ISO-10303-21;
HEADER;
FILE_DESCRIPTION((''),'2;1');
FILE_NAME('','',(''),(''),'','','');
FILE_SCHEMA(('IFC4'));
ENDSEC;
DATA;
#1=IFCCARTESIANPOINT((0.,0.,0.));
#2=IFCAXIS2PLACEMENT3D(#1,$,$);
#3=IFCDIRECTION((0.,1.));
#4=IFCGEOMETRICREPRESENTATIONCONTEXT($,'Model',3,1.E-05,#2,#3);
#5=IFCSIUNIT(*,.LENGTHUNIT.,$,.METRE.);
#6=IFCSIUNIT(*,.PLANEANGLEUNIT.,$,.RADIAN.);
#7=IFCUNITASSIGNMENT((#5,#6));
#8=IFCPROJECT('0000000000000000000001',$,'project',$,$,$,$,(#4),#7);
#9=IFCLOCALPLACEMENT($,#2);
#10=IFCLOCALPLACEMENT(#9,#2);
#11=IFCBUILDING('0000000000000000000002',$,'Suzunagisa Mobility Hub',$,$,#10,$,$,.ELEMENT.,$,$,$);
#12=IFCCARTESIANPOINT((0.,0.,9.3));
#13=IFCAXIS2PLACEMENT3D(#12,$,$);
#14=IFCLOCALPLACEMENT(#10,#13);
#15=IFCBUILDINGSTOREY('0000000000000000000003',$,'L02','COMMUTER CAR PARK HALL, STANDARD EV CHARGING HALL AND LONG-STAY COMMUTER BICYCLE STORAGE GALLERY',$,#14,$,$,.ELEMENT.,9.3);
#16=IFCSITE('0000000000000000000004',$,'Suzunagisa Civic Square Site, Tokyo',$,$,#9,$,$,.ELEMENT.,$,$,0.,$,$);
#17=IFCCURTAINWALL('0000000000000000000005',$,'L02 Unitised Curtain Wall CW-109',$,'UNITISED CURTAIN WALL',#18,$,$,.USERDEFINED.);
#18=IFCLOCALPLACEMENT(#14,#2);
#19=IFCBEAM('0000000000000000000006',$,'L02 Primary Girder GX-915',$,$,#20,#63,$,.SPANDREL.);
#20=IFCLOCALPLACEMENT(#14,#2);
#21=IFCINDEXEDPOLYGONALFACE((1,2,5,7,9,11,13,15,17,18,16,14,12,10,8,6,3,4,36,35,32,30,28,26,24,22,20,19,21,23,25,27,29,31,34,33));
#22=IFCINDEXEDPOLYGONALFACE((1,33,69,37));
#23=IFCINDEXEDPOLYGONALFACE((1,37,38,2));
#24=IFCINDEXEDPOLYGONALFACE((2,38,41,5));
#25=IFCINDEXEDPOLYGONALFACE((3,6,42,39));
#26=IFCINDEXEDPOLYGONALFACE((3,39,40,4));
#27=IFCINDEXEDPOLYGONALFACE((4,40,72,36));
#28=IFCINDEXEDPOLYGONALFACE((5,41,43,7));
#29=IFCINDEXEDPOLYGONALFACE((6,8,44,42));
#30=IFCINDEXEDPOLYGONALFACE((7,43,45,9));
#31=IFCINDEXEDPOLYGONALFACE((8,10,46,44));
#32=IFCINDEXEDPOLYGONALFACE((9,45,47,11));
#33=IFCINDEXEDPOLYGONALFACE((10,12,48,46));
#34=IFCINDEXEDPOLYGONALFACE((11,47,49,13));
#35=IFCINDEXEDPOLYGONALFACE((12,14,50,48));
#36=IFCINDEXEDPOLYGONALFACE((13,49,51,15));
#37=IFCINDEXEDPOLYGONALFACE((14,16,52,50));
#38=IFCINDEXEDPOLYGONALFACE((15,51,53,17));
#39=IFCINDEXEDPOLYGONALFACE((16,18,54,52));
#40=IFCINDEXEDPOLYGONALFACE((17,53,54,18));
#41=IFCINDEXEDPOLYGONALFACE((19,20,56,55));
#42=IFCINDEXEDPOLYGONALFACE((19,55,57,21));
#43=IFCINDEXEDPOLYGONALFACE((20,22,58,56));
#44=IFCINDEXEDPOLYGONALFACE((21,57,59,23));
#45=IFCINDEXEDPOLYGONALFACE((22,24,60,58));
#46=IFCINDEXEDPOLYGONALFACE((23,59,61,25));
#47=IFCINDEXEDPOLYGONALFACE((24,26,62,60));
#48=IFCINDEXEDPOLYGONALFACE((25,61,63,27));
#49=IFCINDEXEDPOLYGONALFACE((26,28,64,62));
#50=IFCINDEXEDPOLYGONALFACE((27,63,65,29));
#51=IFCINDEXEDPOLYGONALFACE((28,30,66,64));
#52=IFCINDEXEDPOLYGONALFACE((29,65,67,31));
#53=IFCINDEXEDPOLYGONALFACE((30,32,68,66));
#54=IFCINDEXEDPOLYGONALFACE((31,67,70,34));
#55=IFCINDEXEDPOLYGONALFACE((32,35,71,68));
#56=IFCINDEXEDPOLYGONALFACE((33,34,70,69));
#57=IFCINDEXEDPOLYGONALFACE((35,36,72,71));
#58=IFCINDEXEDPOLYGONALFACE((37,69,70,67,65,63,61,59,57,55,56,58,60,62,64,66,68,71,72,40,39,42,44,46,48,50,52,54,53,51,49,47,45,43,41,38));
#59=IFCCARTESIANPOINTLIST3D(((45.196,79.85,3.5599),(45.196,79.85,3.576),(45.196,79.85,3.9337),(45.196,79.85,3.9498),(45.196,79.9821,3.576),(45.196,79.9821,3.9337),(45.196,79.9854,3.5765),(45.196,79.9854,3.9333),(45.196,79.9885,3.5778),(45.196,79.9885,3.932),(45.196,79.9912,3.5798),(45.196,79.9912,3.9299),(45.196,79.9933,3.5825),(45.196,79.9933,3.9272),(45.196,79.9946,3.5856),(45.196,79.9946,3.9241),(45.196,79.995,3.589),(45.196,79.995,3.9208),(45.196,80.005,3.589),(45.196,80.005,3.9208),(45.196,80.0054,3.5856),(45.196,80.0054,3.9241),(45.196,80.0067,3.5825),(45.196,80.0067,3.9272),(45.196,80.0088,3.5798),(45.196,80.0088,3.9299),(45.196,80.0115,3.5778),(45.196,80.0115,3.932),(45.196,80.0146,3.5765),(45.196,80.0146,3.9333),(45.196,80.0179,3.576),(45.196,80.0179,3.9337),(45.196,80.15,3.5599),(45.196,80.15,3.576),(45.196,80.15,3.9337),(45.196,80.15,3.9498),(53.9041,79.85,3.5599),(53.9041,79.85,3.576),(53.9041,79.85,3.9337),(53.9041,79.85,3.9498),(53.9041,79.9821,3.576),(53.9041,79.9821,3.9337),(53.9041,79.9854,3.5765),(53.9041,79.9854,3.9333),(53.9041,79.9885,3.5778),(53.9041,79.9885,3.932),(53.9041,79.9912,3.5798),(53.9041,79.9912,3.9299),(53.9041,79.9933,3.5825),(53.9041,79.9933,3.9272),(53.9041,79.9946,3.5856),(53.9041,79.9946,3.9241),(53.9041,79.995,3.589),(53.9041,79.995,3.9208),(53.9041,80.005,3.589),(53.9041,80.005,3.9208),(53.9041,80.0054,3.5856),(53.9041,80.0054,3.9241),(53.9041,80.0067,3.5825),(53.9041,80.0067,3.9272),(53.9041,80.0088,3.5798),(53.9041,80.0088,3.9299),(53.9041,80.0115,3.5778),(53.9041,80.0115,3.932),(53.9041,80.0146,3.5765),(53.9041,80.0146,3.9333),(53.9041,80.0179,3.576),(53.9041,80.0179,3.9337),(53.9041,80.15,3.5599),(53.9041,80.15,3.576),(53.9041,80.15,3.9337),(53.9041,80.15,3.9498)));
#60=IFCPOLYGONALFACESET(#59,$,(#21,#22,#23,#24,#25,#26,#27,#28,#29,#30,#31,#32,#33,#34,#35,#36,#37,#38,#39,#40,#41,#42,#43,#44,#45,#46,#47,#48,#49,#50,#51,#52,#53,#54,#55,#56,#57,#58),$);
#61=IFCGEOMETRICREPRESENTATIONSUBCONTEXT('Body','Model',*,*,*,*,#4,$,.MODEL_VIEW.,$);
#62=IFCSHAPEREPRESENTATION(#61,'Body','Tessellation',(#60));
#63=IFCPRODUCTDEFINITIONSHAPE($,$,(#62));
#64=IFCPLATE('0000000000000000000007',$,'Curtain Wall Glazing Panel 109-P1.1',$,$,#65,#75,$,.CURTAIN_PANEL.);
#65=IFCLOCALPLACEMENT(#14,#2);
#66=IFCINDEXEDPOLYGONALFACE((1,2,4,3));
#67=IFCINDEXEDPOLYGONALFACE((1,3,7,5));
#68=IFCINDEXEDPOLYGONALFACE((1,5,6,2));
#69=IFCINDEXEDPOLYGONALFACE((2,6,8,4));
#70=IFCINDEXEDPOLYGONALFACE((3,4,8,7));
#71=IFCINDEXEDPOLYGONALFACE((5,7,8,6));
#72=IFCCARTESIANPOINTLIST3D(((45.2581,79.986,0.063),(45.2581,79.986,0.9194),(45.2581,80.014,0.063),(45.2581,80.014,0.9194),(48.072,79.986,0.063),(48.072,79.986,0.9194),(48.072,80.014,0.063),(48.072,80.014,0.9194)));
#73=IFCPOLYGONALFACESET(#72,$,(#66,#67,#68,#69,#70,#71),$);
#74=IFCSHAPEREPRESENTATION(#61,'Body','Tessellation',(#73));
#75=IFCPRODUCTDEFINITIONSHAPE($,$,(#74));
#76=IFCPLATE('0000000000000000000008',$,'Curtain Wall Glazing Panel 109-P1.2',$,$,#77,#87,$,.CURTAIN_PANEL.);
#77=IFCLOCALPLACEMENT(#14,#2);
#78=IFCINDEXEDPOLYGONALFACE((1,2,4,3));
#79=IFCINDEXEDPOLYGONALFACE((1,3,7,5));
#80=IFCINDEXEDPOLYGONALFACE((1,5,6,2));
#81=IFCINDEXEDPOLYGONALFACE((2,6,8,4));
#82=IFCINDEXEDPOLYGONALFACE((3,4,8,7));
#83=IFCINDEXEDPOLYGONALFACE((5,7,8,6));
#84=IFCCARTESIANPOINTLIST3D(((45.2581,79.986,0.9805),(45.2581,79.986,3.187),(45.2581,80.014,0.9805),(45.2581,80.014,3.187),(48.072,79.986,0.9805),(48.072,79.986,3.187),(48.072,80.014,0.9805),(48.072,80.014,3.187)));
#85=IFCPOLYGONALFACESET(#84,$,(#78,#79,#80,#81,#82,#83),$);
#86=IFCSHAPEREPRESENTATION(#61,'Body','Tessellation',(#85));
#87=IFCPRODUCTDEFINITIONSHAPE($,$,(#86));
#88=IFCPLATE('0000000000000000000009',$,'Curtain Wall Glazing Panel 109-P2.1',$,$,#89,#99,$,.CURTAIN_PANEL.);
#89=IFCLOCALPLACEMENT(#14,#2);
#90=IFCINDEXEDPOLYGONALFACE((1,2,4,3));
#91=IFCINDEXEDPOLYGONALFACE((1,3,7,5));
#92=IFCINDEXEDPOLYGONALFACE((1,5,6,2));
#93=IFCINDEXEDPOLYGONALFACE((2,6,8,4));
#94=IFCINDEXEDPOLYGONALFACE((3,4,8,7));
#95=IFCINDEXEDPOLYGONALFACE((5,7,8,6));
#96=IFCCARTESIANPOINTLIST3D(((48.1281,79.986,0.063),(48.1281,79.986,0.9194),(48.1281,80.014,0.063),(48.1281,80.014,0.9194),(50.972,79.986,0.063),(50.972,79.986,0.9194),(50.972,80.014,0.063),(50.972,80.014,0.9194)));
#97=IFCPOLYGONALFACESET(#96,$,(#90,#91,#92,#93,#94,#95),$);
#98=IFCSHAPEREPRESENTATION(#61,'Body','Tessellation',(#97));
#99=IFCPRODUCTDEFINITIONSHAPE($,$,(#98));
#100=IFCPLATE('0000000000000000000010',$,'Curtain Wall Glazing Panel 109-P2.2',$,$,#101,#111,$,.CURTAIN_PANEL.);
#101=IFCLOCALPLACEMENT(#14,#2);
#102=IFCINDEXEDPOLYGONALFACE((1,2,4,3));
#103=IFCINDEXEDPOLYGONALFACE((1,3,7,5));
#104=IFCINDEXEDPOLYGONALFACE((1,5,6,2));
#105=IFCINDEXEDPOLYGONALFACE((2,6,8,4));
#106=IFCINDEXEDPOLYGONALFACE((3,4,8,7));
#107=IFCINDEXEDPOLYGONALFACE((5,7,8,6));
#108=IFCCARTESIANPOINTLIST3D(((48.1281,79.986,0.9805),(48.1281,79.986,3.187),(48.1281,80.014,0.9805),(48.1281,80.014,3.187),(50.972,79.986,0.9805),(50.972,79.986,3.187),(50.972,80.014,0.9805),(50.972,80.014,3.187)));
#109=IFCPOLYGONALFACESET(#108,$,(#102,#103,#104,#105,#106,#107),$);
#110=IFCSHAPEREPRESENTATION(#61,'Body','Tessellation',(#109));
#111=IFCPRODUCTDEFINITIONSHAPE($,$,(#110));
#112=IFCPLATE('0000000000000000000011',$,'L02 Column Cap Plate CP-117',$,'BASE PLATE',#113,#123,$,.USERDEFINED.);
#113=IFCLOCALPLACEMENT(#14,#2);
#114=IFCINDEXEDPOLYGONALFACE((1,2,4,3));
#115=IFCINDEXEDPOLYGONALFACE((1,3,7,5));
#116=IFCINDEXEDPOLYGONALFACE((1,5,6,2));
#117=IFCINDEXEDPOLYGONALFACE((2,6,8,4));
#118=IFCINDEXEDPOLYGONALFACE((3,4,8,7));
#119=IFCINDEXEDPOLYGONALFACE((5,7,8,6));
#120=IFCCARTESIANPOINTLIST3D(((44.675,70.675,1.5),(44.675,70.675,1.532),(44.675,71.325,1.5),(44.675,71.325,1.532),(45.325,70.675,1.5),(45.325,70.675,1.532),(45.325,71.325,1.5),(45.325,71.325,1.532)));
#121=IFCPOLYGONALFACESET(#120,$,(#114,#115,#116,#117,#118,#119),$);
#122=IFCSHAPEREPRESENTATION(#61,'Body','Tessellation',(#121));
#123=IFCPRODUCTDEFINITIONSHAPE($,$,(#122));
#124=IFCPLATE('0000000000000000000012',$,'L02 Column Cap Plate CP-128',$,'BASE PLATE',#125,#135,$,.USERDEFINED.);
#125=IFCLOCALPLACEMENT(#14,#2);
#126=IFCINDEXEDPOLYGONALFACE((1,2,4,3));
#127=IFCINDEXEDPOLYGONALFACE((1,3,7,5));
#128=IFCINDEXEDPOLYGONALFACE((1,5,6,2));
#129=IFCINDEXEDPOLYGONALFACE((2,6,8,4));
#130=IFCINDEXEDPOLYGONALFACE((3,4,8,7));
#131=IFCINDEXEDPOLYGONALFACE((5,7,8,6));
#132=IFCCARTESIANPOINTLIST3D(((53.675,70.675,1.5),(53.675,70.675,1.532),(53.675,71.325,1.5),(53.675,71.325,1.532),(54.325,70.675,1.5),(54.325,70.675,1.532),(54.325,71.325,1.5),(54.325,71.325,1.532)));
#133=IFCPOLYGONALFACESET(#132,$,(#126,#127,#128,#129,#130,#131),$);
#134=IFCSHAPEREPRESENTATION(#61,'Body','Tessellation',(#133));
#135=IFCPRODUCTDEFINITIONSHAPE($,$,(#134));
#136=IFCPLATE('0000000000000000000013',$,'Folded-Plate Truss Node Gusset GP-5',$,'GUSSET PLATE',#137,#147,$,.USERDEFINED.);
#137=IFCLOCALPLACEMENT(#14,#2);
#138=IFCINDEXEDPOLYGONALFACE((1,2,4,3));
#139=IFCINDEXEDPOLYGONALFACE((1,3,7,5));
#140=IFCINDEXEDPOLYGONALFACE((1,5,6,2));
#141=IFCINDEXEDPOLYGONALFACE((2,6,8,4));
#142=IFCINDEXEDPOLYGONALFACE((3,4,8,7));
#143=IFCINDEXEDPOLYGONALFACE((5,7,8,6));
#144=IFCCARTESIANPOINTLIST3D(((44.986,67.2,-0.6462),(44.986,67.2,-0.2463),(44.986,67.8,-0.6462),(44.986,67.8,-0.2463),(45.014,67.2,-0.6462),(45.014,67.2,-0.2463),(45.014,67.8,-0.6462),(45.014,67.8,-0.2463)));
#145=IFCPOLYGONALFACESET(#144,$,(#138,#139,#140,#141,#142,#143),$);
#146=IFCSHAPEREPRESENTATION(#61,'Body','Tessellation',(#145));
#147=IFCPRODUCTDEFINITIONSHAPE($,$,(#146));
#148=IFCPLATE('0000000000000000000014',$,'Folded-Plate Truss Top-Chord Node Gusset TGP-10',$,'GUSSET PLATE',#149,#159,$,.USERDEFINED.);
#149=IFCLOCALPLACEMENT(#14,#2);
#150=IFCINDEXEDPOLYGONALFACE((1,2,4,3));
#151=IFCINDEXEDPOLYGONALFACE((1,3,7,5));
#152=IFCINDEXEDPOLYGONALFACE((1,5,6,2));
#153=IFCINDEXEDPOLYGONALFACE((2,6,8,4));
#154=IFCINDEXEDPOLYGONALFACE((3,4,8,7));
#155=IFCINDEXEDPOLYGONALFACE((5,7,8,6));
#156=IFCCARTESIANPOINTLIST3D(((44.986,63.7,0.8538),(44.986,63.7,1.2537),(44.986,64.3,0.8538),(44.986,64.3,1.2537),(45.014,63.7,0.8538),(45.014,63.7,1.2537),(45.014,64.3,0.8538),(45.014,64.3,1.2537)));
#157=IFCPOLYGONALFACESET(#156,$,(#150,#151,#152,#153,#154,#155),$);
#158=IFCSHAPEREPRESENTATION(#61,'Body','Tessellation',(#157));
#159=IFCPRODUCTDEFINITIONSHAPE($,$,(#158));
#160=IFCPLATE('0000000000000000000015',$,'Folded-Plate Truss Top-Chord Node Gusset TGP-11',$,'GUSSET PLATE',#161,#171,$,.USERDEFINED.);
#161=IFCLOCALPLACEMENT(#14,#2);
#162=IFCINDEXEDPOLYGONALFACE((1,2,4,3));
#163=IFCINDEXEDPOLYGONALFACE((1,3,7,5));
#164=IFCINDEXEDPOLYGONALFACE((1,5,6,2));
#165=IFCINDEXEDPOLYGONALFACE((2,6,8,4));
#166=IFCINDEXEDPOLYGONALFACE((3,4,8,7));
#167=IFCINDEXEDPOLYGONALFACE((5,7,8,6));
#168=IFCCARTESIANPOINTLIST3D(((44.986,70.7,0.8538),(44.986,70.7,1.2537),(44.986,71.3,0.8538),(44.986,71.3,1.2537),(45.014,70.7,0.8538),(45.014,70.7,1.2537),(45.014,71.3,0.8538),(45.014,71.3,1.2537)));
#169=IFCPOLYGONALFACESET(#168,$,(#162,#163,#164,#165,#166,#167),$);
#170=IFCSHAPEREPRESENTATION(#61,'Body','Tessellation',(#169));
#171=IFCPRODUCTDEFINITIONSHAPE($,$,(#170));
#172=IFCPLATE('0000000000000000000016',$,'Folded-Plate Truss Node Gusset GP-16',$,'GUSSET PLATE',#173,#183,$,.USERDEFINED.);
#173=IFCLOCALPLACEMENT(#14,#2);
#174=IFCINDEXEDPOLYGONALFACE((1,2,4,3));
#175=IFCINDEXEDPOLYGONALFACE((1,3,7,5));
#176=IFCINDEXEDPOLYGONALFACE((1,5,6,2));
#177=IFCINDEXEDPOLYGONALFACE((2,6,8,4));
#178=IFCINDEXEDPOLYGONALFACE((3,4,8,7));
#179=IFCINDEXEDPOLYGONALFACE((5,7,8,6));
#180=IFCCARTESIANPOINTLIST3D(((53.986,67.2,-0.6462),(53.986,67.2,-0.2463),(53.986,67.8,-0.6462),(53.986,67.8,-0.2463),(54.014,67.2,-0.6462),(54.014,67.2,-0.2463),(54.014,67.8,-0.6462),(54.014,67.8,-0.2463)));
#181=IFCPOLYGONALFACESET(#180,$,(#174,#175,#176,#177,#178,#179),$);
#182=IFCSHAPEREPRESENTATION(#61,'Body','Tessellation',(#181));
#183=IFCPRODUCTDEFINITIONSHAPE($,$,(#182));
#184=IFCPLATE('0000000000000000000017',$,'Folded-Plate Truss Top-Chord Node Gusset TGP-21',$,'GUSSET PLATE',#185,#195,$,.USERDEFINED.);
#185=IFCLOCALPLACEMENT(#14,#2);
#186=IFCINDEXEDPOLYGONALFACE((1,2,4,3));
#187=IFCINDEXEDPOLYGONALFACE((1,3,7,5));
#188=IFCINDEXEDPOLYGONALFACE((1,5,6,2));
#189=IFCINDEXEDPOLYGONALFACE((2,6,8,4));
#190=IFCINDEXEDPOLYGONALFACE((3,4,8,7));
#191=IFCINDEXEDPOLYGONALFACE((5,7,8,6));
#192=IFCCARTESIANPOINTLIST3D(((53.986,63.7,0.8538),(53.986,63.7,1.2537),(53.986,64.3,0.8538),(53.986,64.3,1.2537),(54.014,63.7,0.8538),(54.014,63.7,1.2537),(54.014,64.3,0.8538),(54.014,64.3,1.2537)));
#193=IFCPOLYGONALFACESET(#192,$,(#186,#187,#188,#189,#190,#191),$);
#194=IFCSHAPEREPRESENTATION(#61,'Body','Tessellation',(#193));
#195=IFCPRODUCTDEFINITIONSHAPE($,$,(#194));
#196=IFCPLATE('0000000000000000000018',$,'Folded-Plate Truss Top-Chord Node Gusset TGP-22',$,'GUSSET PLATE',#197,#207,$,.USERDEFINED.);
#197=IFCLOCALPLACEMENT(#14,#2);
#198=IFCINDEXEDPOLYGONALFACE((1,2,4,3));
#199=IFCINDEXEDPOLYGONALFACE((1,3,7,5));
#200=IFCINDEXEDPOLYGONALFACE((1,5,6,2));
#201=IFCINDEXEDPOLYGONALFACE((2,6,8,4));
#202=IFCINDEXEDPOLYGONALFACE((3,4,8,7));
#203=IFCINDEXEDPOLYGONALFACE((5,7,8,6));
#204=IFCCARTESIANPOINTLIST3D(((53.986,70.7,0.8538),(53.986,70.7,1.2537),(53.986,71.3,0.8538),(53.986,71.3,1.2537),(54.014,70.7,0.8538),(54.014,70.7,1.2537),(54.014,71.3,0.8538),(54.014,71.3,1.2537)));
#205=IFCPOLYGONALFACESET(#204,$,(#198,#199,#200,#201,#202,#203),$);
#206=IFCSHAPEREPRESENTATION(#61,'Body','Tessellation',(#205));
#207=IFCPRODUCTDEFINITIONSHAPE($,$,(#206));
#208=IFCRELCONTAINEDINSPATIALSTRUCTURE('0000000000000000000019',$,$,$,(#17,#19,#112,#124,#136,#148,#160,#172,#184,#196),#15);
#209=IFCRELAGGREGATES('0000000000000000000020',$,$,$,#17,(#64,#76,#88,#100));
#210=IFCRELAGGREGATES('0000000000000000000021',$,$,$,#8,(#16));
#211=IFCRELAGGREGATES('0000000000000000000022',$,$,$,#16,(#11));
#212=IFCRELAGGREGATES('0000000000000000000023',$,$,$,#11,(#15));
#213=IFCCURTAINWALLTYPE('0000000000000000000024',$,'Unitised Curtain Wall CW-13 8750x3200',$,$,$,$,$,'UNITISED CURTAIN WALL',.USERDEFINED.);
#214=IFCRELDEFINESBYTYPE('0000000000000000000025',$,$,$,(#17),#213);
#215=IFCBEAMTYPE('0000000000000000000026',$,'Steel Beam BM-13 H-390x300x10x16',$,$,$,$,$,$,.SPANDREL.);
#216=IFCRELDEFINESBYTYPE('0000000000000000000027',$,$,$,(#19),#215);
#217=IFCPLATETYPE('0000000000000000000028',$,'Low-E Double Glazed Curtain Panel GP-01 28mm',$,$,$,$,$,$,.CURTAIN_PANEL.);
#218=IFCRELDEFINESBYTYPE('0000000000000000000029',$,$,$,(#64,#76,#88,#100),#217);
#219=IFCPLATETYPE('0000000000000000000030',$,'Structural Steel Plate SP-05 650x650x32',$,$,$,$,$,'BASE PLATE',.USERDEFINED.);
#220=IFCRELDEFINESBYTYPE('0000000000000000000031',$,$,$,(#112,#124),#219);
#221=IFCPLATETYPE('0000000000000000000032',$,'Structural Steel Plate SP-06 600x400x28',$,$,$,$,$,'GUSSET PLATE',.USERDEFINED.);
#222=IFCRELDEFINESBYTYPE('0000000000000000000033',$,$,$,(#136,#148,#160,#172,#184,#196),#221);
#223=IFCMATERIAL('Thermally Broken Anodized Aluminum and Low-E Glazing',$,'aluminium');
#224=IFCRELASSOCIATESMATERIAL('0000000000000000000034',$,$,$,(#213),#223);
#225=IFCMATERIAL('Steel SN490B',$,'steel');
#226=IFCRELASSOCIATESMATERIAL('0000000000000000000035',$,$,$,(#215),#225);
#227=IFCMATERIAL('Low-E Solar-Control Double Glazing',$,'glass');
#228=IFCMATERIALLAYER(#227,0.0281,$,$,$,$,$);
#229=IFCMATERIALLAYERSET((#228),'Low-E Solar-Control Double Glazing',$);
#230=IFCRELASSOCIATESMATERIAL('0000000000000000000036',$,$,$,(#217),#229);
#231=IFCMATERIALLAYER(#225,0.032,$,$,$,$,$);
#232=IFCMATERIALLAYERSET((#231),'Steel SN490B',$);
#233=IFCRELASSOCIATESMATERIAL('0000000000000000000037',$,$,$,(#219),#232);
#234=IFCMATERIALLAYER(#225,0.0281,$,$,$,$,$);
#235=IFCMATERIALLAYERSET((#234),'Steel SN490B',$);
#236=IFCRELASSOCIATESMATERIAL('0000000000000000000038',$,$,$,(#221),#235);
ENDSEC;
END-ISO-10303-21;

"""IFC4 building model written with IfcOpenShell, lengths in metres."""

from ifc_helpers import new_model, si_unit, direction, frame, origin, origin_2d, place, context, subcontext, project, spatial, rectangle, i_section, extrude, material, layer, layer_set, material_profile, profile_set, type_object, element, aggregate, save


model = new_model("IFC4")

# Units and contexts
model_context = context("Model", 3, precision=1e-05, world=origin(), true_north=direction((0.0, 1.0)))
body_context = subcontext(model_context, "Body", "Model", "MODEL_VIEW")
ifc_project = project(units=[si_unit("LENGTHUNIT", "METRE"), si_unit("PLANEANGLEUNIT", "RADIAN")], contexts=[model_context])

# Site, building, storey
site_placement = place(None, origin())
site = spatial("IfcSite", under=ifc_project, at=site_placement, Name="Suzunagisa Civic Square Site, Tokyo", CompositionType="ELEMENT", RefElevation=0.0)
building_placement = place(site_placement, origin())
building = spatial("IfcBuilding", under=site, at=building_placement, Name="Suzunagisa Mobility Hub", CompositionType="ELEMENT")
storey_placement = place(building_placement, frame((0.0, 0.0, 9.3)))
storey = spatial("IfcBuildingStorey", under=building, at=storey_placement, Name="L02", Description="COMMUTER CAR PARK HALL, STANDARD EV CHARGING HALL AND LONG-STAY COMMUTER BICYCLE STORAGE GALLERY", CompositionType="ELEMENT", Elevation=9.3)

# Shared definitions
ifc_material_1 = material(Name="Steel SN490B", Category="steel")

# Curtain wall
ifc_material_2 = material(Name="Thermally Broken Anodized Aluminum and Low-E Glazing", Category="aluminium")
curtain_wall_type = type_object("IfcCurtainWallType", Name="Unitised Curtain Wall CW-13 8750x3200", ElementType="UNITISED CURTAIN WALL", PredefinedType="USERDEFINED", material=ifc_material_2)
curtain_wall_placement = place(storey_placement, origin())
curtain_wall = element("IfcCurtainWall", 1, at=curtain_wall_placement, inside=storey, type_object=curtain_wall_type, Name="L02 Unitised Curtain Wall CW-109", ObjectType="UNITISED CURTAIN WALL", PredefinedType="USERDEFINED")

# Beam
ifc_material_profile_1 = material_profile(ifc_material_1, i_section(OverallWidth=0.3, OverallDepth=0.3899, WebThickness=0.01, FlangeThickness=0.0161, FilletRadius=0.0129, at=origin_2d()), Name="H-390x300x10x16")
ifc_profile_set_1 = profile_set([ifc_material_profile_1], Name="Steel SN490B")
beam_type_1 = type_object("IfcBeamType", Name="Steel Beam BM-13 H-390x300x10x16", PredefinedType="SPANDREL", material=ifc_profile_set_1)
beam_1_placement = place(storey_placement, frame((45.196, 80.0, 3.7549), z_axis=(1.0, 0.0, 0.0), x_axis=(0.0, 1.0, 0.0)))
element("IfcBeam", 2, at=beam_1_placement, inside=storey, type_object=beam_type_1, Name="L02 Primary Girder GX-915", PredefinedType="SPANDREL", context=body_context, shape_type="SweptSolid", body=[
    extrude(i_section(OverallWidth=0.3, OverallDepth=0.3899, WebThickness=0.01, FlangeThickness=0.0161, FilletRadius=0.0129, at=origin_2d()), origin(), (0.0, 0.0, 1.0), 8.708),
])

# Plates
ifc_material_3 = material(Name="Low-E Solar-Control Double Glazing", Category="glass")
ifc_layer_1 = layer(ifc_material_3, 0.0281)
ifc_layer_set_1 = layer_set([ifc_layer_1], Name="Low-E Solar-Control Double Glazing")
plate_type_1 = type_object("IfcPlateType", Name="Low-E Double Glazed Curtain Panel GP-01 28mm", PredefinedType="CURTAIN_PANEL", material=ifc_layer_set_1)
plate_1_placement = place(storey_placement, frame((46.665, 80.0, 0.063), z_axis=(0.0, 0.0, 1.0), x_axis=(1.0, 0.0, 0.0)))
plate_1 = element("IfcPlate", 3, at=plate_1_placement, type_object=plate_type_1, Name="Curtain Wall Glazing Panel 109-P1.1", PredefinedType="CURTAIN_PANEL", context=body_context, shape_type="SweptSolid", body=[
    extrude(rectangle(XDim=2.814, YDim=0.0281, at=origin_2d()), origin(), (0.0, 0.0, 1.0), 0.8564),
])
plate_2_placement = place(storey_placement, frame((46.665, 80.0, 0.9805), z_axis=(0.0, 0.0, 1.0), x_axis=(1.0, 0.0, 0.0)))
plate_2 = element("IfcPlate", 4, at=plate_2_placement, type_object=plate_type_1, Name="Curtain Wall Glazing Panel 109-P1.2", PredefinedType="CURTAIN_PANEL", context=body_context, shape_type="SweptSolid", body=[
    extrude(rectangle(XDim=2.814, YDim=0.0281, at=origin_2d()), origin(), (0.0, 0.0, 1.0), 2.2065),
])
plate_3_placement = place(storey_placement, frame((49.55, 80.0, 0.063), z_axis=(0.0, 0.0, 1.0), x_axis=(1.0, 0.0, 0.0)))
plate_3 = element("IfcPlate", 5, at=plate_3_placement, type_object=plate_type_1, Name="Curtain Wall Glazing Panel 109-P2.1", PredefinedType="CURTAIN_PANEL", context=body_context, shape_type="SweptSolid", body=[
    extrude(rectangle(XDim=2.844, YDim=0.0281, at=origin_2d()), origin(), (0.0, 0.0, 1.0), 0.8564),
])
plate_4_placement = place(storey_placement, frame((49.55, 80.0, 0.9805), z_axis=(0.0, 0.0, 1.0), x_axis=(1.0, 0.0, 0.0)))
plate_4 = element("IfcPlate", 6, at=plate_4_placement, type_object=plate_type_1, Name="Curtain Wall Glazing Panel 109-P2.2", PredefinedType="CURTAIN_PANEL", context=body_context, shape_type="SweptSolid", body=[
    extrude(rectangle(XDim=2.844, YDim=0.0281, at=origin_2d()), origin(), (0.0, 0.0, 1.0), 2.2065),
])
aggregate(curtain_wall, [plate_1, plate_2, plate_3, plate_4])

# Plates
ifc_layer_2 = layer(ifc_material_1, 0.032)
ifc_layer_set_2 = layer_set([ifc_layer_2], Name="Steel SN490B")
plate_type_2 = type_object("IfcPlateType", Name="Structural Steel Plate SP-05 650x650x32", ElementType="BASE PLATE", PredefinedType="USERDEFINED", material=ifc_layer_set_2)
for number, where, z_axis, x_axis, name in (
    (7, (45.0, 71.0, 1.5), (0.0, 0.0, 1.0), (1.0, 0.0, 0.0), "L02 Column Cap Plate CP-117"),
    (8, (54.0, 71.0, 1.5), (0.0, 0.0, 1.0), (1.0, 0.0, 0.0), "L02 Column Cap Plate CP-128"),
):
    element("IfcPlate", number, at=place(storey_placement, frame(where, z_axis=z_axis, x_axis=x_axis)), inside=storey, type_object=plate_type_2, Name=name, ObjectType="BASE PLATE", PredefinedType="USERDEFINED", context=body_context, shape_type="SweptSolid", body=[
        extrude(rectangle(XDim=0.6499, YDim=0.6499, at=origin_2d()), origin(), (0.0, 0.0, 1.0), 0.032),
    ])
ifc_layer_3 = layer(ifc_material_1, 0.0281)
ifc_layer_set_3 = layer_set([ifc_layer_3], Name="Steel SN490B")
plate_type_3 = type_object("IfcPlateType", Name="Structural Steel Plate SP-06 600x400x28", ElementType="GUSSET PLATE", PredefinedType="USERDEFINED", material=ifc_layer_set_3)
for number, where, z_axis, x_axis, name in (
    (9, (45.0, 67.5, -0.6462), (0.0, 0.0, 1.0), (1.0, 0.0, 0.0), "Folded-Plate Truss Node Gusset GP-5"),
    (10, (45.0, 64.0, 0.8538), (0.0, 0.0, 1.0), (1.0, 0.0, 0.0), "Folded-Plate Truss Top-Chord Node Gusset TGP-10"),
    (11, (45.0, 71.0, 0.8538), (0.0, 0.0, 1.0), (1.0, 0.0, 0.0), "Folded-Plate Truss Top-Chord Node Gusset TGP-11"),
    (12, (54.0, 67.5, -0.6462), (0.0, 0.0, 1.0), (1.0, 0.0, 0.0), "Folded-Plate Truss Node Gusset GP-16"),
    (13, (54.0, 64.0, 0.8538), (0.0, 0.0, 1.0), (1.0, 0.0, 0.0), "Folded-Plate Truss Top-Chord Node Gusset TGP-21"),
    (14, (54.0, 71.0, 0.8538), (0.0, 0.0, 1.0), (1.0, 0.0, 0.0), "Folded-Plate Truss Top-Chord Node Gusset TGP-22"),
):
    element("IfcPlate", number, at=place(storey_placement, frame(where, z_axis=z_axis, x_axis=x_axis)), inside=storey, type_object=plate_type_3, Name=name, ObjectType="GUSSET PLATE", PredefinedType="USERDEFINED", context=body_context, shape_type="SweptSolid", body=[
        extrude(rectangle(XDim=0.0281, YDim=0.6001, at=origin_2d()), origin(), (0.0, 0.0, 1.0), 0.3999),
    ])

save(model, "model.ifc")
